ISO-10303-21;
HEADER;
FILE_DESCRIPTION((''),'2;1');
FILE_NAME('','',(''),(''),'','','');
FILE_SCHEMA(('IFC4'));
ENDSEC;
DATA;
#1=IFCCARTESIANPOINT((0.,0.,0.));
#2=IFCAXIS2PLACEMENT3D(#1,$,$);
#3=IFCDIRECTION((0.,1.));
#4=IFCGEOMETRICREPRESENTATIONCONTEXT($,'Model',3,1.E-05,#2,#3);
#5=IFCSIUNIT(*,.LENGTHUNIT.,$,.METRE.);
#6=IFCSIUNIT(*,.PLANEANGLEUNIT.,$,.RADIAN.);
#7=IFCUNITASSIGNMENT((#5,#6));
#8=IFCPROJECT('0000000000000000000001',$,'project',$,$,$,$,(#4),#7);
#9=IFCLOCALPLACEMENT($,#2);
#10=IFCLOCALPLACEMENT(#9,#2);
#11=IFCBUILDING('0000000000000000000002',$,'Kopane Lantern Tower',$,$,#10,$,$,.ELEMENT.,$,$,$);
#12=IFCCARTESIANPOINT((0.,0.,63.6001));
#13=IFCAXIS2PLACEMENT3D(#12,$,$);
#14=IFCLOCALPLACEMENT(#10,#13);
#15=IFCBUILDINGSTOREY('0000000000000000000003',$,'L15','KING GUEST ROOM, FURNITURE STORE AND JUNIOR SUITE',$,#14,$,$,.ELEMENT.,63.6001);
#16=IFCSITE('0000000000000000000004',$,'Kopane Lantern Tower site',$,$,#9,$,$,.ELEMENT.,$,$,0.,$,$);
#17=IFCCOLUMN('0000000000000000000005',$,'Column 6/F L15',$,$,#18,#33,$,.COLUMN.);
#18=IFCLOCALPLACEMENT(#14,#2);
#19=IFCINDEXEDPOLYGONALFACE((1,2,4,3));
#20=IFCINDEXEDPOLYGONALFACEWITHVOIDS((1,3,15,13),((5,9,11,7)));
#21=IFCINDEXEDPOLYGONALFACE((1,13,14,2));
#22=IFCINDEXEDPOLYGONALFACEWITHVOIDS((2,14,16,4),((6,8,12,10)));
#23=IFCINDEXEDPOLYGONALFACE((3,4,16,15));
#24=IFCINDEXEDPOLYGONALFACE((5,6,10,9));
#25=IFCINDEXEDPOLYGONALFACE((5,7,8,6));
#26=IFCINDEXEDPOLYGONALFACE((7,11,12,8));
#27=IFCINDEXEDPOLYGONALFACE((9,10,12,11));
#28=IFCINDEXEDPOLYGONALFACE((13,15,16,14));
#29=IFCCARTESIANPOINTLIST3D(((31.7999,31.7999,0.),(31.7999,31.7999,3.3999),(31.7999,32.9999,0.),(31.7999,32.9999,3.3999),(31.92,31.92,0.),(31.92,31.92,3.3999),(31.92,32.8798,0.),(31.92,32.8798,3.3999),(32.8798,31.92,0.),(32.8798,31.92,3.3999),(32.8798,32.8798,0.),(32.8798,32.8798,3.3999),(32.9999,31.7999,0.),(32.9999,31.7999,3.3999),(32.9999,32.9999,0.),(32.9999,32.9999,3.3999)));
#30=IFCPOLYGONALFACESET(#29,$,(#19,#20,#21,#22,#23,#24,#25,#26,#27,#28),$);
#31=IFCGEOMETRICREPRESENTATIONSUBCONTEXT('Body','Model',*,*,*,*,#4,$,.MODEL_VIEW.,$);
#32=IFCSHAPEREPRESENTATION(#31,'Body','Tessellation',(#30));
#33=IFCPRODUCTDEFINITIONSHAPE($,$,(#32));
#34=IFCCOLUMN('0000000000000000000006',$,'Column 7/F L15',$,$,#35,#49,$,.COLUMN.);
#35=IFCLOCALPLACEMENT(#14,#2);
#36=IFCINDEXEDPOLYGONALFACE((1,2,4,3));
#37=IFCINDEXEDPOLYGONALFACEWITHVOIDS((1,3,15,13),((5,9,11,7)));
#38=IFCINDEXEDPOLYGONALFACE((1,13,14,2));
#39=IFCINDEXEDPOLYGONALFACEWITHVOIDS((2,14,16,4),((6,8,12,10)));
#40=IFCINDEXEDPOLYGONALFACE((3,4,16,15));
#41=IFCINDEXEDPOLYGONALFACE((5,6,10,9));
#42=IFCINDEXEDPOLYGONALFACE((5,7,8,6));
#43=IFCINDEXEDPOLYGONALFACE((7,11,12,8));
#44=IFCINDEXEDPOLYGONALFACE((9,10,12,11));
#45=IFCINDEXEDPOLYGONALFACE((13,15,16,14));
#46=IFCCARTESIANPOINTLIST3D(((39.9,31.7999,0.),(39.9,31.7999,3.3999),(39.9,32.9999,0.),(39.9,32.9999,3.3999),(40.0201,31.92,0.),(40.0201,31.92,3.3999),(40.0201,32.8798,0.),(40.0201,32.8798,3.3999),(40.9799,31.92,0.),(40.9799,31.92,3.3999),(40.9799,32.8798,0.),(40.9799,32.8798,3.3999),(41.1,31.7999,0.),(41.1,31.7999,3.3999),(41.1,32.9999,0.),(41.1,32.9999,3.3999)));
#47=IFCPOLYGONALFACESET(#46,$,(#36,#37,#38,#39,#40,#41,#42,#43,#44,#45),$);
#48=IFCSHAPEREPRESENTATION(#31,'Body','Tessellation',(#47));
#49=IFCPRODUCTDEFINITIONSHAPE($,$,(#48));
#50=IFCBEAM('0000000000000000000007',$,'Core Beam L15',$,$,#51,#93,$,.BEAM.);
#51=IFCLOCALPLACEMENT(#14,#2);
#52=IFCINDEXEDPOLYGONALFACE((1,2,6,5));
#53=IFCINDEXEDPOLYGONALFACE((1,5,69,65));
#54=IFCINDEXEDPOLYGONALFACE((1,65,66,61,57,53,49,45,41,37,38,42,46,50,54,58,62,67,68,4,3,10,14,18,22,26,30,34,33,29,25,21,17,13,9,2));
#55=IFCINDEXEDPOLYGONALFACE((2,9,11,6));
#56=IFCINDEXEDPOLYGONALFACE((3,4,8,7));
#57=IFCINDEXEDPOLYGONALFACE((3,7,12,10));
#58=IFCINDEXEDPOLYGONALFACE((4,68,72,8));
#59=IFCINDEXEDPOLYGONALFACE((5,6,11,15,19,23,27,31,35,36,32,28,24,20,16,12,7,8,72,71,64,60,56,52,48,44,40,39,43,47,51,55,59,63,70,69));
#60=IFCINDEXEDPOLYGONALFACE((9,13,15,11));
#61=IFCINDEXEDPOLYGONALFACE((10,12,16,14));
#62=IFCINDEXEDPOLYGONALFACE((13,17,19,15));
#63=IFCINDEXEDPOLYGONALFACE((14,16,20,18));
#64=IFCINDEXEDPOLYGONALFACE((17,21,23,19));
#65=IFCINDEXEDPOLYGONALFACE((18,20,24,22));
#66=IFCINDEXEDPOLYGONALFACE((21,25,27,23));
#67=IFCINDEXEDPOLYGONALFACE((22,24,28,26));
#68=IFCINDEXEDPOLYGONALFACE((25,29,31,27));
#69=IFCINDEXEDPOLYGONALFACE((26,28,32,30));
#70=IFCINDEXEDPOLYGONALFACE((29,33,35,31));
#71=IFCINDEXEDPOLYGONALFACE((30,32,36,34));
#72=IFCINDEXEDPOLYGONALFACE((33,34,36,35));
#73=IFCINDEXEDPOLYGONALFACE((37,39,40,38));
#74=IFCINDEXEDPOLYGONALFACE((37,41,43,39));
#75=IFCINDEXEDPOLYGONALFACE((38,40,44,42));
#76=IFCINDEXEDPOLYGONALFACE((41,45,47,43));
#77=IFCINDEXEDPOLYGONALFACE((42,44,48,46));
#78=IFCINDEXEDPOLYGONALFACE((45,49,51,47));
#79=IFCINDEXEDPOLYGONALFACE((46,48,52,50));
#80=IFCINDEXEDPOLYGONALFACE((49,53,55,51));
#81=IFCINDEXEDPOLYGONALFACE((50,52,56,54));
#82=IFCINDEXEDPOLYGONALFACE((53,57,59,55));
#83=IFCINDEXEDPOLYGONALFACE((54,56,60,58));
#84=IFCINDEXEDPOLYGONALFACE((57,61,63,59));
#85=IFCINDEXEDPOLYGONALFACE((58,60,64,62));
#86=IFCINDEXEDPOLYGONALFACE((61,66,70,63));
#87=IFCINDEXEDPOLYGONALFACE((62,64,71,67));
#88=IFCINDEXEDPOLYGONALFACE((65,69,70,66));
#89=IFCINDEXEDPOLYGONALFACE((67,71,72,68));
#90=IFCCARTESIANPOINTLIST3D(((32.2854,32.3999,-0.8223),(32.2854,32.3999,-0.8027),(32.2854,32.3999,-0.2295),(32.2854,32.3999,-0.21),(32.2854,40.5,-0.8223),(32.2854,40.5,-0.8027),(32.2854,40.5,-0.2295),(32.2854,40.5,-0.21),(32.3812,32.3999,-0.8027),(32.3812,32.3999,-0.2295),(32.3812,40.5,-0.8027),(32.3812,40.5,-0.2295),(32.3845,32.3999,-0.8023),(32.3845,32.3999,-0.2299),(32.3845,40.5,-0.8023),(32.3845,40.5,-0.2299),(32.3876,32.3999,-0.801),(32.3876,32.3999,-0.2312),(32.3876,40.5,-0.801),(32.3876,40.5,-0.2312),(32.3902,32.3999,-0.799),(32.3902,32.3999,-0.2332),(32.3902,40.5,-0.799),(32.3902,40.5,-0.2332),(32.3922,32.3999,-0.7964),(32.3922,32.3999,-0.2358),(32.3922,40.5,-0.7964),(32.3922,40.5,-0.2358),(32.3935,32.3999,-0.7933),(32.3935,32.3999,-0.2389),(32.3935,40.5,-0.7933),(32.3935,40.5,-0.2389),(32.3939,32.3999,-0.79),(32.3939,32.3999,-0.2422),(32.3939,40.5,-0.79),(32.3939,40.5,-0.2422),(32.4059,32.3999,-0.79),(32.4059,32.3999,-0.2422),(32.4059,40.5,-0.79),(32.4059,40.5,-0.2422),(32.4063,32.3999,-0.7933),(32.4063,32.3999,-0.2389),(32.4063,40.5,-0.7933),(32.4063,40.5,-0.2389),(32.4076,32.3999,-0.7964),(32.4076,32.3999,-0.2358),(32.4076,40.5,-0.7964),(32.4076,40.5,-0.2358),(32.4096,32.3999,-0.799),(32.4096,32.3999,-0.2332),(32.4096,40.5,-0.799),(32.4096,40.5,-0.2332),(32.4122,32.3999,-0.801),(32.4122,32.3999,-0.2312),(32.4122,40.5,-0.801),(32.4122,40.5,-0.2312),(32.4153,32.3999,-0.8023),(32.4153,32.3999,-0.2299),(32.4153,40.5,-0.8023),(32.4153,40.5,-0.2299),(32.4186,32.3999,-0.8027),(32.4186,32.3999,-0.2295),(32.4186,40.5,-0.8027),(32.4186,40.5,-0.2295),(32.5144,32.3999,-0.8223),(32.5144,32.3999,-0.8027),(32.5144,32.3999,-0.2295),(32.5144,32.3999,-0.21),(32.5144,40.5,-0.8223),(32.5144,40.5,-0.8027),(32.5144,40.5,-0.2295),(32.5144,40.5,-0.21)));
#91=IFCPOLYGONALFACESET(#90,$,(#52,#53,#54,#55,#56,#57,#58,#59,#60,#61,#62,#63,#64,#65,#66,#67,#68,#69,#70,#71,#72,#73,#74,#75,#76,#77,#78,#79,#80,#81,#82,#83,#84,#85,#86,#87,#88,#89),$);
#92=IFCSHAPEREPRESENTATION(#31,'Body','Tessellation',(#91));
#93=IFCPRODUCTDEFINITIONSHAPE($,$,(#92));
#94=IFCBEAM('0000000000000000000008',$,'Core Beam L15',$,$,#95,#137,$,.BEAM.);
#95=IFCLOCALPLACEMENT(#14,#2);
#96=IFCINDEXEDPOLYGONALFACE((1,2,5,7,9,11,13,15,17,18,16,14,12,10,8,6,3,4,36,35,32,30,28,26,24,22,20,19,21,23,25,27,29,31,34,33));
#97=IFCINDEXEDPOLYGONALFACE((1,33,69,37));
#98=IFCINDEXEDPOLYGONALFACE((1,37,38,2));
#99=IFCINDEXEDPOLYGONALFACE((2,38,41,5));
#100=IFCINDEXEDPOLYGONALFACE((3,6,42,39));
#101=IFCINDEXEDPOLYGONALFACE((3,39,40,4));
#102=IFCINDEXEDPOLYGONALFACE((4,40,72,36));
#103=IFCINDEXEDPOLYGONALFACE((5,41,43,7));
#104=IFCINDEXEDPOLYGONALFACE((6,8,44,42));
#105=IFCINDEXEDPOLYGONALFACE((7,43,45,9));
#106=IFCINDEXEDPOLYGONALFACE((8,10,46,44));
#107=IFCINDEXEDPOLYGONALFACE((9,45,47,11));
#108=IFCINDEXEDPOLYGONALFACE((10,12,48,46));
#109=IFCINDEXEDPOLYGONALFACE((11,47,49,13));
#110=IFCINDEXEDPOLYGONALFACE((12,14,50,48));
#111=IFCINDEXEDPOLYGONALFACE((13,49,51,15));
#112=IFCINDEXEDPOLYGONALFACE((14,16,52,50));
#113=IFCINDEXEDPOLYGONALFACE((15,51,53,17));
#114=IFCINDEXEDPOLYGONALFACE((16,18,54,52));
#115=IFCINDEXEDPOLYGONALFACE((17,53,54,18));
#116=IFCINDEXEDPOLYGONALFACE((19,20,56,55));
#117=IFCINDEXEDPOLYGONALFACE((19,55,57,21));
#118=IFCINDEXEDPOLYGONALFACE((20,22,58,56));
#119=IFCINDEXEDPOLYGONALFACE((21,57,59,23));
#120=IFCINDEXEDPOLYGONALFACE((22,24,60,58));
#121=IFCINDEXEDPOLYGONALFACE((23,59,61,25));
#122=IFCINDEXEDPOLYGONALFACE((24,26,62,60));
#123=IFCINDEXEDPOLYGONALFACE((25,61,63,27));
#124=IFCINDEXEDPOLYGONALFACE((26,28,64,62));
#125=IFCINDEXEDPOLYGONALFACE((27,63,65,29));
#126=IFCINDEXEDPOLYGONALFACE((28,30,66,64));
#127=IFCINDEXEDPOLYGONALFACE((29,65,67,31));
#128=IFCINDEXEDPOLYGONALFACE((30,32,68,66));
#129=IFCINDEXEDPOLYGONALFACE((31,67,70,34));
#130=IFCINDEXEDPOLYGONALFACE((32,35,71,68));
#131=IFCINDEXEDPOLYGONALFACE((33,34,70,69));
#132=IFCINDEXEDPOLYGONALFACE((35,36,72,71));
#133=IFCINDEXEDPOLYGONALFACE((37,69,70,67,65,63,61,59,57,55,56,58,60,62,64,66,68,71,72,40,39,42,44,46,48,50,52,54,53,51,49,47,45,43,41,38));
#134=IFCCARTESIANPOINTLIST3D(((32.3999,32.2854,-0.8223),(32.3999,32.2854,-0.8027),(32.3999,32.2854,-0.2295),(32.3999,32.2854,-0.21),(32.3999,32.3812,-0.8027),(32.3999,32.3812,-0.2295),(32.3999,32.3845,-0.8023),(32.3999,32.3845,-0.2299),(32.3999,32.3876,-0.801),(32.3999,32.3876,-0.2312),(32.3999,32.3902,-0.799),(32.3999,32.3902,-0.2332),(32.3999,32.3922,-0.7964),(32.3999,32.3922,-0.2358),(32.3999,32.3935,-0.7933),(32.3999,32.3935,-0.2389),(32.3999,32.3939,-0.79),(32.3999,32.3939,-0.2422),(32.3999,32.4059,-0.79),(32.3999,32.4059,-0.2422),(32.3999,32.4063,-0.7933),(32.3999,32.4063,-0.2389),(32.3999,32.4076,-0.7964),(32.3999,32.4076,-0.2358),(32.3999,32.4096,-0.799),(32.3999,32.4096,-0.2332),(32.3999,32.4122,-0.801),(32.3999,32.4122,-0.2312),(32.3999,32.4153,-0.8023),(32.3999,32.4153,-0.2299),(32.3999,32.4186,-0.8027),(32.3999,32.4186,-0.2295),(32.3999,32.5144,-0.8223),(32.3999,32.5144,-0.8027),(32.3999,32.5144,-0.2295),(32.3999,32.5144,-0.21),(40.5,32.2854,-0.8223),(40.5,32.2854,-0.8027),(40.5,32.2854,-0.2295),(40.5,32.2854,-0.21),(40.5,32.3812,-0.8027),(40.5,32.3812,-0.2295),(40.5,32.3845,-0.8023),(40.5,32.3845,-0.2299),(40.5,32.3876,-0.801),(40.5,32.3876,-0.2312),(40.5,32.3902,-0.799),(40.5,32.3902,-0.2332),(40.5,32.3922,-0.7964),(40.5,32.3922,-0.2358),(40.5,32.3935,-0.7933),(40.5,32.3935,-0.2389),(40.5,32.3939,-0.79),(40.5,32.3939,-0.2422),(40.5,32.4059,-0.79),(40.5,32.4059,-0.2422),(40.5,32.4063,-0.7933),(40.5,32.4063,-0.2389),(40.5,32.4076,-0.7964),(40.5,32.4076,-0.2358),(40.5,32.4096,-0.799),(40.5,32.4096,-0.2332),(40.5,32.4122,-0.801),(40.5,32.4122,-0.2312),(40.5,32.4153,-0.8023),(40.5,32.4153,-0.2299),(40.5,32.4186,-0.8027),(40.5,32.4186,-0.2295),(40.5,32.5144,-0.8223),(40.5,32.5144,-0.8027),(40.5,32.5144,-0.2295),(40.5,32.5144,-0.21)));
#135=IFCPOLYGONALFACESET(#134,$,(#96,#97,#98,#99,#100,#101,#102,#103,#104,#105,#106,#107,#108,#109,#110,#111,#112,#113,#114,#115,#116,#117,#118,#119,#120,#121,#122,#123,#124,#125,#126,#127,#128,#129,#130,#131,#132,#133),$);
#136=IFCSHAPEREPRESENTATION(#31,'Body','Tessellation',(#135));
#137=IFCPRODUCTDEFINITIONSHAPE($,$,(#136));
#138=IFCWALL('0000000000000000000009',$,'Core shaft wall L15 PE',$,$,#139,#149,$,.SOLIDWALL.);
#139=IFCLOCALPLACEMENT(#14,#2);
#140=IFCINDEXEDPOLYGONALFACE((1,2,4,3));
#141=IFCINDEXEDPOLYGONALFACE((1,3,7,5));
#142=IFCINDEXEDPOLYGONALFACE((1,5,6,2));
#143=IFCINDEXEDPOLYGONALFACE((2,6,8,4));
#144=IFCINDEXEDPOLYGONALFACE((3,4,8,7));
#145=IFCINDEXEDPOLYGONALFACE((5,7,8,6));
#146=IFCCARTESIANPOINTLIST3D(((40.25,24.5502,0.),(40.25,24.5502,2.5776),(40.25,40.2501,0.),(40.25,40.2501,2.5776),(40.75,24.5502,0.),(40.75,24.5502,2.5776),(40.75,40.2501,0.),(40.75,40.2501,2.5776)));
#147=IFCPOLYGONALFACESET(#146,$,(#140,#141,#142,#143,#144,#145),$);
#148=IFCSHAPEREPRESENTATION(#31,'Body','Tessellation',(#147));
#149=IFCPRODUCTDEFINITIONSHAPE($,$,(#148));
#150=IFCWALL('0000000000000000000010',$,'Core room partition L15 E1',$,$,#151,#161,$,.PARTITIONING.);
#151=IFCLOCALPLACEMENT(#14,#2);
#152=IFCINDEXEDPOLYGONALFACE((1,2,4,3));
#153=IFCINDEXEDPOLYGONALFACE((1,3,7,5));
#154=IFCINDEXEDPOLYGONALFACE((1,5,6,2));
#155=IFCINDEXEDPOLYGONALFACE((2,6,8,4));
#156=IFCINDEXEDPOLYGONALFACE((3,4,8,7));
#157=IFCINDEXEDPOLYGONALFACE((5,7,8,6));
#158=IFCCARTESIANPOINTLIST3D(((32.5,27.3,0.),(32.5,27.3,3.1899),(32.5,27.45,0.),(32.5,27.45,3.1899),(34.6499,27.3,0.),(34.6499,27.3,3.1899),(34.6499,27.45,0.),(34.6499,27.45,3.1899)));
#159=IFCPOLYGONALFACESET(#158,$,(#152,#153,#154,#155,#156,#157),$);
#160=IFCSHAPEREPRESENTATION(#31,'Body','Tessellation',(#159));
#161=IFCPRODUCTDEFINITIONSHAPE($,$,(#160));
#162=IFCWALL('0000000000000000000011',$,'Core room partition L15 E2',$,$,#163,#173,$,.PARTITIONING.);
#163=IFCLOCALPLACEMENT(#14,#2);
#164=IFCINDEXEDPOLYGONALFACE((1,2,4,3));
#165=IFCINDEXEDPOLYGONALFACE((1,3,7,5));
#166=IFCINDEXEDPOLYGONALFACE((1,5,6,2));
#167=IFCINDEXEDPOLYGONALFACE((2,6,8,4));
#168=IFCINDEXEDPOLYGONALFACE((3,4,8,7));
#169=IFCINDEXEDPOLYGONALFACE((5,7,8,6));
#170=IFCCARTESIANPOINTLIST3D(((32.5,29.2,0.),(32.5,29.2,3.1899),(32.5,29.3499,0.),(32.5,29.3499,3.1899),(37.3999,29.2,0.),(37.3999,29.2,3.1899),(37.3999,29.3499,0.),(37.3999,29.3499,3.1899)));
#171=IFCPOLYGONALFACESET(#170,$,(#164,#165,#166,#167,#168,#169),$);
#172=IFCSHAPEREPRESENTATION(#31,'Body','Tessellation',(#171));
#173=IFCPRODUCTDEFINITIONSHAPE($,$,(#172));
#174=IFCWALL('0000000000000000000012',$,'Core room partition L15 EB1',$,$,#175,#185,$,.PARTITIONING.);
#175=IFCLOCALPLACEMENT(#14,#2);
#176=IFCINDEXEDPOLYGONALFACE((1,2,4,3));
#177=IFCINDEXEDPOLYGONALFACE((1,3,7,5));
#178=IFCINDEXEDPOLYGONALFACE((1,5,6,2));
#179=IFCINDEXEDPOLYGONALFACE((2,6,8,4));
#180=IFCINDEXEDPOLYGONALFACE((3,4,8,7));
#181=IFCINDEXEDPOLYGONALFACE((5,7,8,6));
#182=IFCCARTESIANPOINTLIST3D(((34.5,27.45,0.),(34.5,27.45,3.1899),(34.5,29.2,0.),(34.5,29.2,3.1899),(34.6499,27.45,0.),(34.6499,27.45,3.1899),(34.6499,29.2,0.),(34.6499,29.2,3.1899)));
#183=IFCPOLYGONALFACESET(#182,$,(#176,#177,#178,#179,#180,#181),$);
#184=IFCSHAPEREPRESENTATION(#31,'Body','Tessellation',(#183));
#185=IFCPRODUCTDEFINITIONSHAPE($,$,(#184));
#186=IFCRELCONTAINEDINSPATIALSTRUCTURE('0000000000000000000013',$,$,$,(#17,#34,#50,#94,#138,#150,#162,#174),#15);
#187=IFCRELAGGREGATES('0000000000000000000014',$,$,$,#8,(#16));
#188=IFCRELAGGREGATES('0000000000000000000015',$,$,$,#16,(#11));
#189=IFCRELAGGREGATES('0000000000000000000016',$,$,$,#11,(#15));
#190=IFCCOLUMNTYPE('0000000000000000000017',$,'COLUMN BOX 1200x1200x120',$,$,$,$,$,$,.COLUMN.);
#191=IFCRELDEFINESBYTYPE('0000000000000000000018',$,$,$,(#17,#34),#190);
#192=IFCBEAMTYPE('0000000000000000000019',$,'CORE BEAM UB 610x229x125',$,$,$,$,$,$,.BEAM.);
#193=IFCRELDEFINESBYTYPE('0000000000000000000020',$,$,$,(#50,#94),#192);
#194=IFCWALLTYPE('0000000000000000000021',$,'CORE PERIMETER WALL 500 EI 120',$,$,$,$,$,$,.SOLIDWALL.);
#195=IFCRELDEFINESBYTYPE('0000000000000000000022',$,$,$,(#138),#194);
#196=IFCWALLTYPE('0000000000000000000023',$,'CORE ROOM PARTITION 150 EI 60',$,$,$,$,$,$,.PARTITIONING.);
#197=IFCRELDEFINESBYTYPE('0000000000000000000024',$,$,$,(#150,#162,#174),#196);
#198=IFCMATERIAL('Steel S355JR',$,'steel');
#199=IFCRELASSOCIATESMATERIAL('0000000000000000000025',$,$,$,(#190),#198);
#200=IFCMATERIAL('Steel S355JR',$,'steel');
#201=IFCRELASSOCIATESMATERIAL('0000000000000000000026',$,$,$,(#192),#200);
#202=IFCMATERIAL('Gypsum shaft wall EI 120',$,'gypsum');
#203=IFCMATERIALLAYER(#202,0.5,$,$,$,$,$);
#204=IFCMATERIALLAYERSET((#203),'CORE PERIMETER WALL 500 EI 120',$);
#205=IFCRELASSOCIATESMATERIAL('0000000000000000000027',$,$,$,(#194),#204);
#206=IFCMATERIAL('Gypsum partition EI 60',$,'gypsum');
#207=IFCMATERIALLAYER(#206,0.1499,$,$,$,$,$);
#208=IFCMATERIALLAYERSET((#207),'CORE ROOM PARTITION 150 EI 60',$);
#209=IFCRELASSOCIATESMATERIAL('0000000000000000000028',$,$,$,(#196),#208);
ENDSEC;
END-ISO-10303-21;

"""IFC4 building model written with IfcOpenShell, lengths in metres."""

from ifc_helpers import new_model, si_unit, direction, frame, frame_2d, origin, origin_2d, place, context, subcontext, project, spatial, rectangle, hollow_rectangle, i_section, extrude, material, layer, layer_set, material_profile, profile_set, type_object, element, save


model = new_model("IFC4")

# Units and contexts
model_context = context("Model", 3, precision=1e-05, world=origin(), true_north=direction((0.0, 1.0)))
body_context = subcontext(model_context, "Body", "Model", "MODEL_VIEW")
ifc_project = project(units=[si_unit("LENGTHUNIT", "METRE"), si_unit("PLANEANGLEUNIT", "RADIAN")], contexts=[model_context])

# Site, building, storey
site_placement = place(None, origin())
site = spatial("IfcSite", under=ifc_project, at=site_placement, Name="Kopane Lantern Tower site", CompositionType="ELEMENT", RefElevation=0.0)
building_placement = place(site_placement, origin())
building = spatial("IfcBuilding", under=site, at=building_placement, Name="Kopane Lantern Tower", CompositionType="ELEMENT")
storey_placement = place(building_placement, frame((0.0, 0.0, 63.6001)))
storey = spatial("IfcBuildingStorey", under=building, at=storey_placement, Name="L15", Description="KING GUEST ROOM, FURNITURE STORE AND JUNIOR SUITE", CompositionType="ELEMENT", Elevation=63.6001)

# Columns
ifc_material_1 = material(Name="Steel S355JR", Category="steel")
ifc_material_profile_1 = material_profile(ifc_material_1, hollow_rectangle(XDim=1.2, YDim=1.2, WallThickness=0.1201, at=origin_2d()), Name="BOX 1200x1200x120")
ifc_profile_set_1 = profile_set([ifc_material_profile_1], Name="Steel S355JR")
column_type = type_object("IfcColumnType", Name="COLUMN BOX 1200x1200x120", PredefinedType="COLUMN", material=ifc_profile_set_1)
for number, where, z_axis, x_axis, name in (
    (1, (32.3999, 32.3999, 0.0), (0.0, 0.0, 1.0), (1.0, 0.0, 0.0), "Column 6/F L15"),
    (2, (40.5, 32.3999, 0.0), (0.0, 0.0, 1.0), (1.0, 0.0, 0.0), "Column 7/F L15"),
):
    element("IfcColumn", number, at=place(storey_placement, frame(where, z_axis=z_axis, x_axis=x_axis)), inside=storey, type_object=column_type, Name=name, PredefinedType="COLUMN", context=body_context, shape_type="SweptSolid", body=[
        extrude(hollow_rectangle(XDim=1.2, YDim=1.2, WallThickness=0.1201, at=origin_2d()), origin(), (0.0, 0.0, 1.0), 3.3999),
    ])

# Beams
ifc_material_2 = material(Name="Steel S355JR", Category="steel")
ifc_material_profile_2 = material_profile(ifc_material_2, i_section(OverallWidth=0.229, OverallDepth=0.6123, WebThickness=0.012, FlangeThickness=0.0195, FilletRadius=0.0127, at=origin_2d()), Name="UB 610x229x125")
ifc_profile_set_2 = profile_set([ifc_material_profile_2], Name="Steel S355JR")
beam_type = type_object("IfcBeamType", Name="CORE BEAM UB 610x229x125", PredefinedType="BEAM", material=ifc_profile_set_2)
for number, where, z_axis, x_axis, name in (
    (3, (32.3999, 32.3999, -0.5161), (0.0, 1.0, 0.0), (-1.0, 0.0, 0.0), "Core Beam L15"),
    (4, (32.3999, 32.3999, -0.5161), (1.0, 0.0, 0.0), (0.0, 1.0, 0.0), "Core Beam L15"),
):
    element("IfcBeam", number, at=place(storey_placement, frame(where, z_axis=z_axis, x_axis=x_axis)), inside=storey, type_object=beam_type, Name=name, PredefinedType="BEAM", context=body_context, shape_type="SweptSolid", body=[
        extrude(i_section(OverallWidth=0.229, OverallDepth=0.6123, WebThickness=0.012, FlangeThickness=0.0195, FilletRadius=0.0127, at=origin_2d()), origin(), (0.0, 0.0, 1.0), 8.1001),
    ])

# Walls
ifc_material_3 = material(Name="Gypsum shaft wall EI 120", Category="gypsum")
ifc_layer_1 = layer(ifc_material_3, 0.5)
ifc_layer_set_1 = layer_set([ifc_layer_1], Name="CORE PERIMETER WALL 500 EI 120")
wall_type_1 = type_object("IfcWallType", Name="CORE PERIMETER WALL 500 EI 120", PredefinedType="SOLIDWALL", material=ifc_layer_set_1)
wall_1_placement = place(storey_placement, frame((40.5, 24.55, 0.0), z_axis=(0.0, 0.0, 1.0), x_axis=(0.0, 1.0, 0.0)))
element("IfcWall", 5, at=wall_1_placement, inside=storey, type_object=wall_type_1, Name="Core shaft wall L15 PE", PredefinedType="SOLIDWALL", context=body_context, shape_type="SweptSolid", body=[
    extrude(rectangle(XDim=15.7, YDim=0.5, at=frame_2d((7.8501, 0.0))), origin(), (0.0, 0.0, 1.0), 2.5776),
])
ifc_material_4 = material(Name="Gypsum partition EI 60", Category="gypsum")
ifc_layer_2 = layer(ifc_material_4, 0.1499)
ifc_layer_set_2 = layer_set([ifc_layer_2], Name="CORE ROOM PARTITION 150 EI 60")
wall_type_2 = type_object("IfcWallType", Name="CORE ROOM PARTITION 150 EI 60", PredefinedType="PARTITIONING", material=ifc_layer_set_2)
wall_2_placement = place(storey_placement, frame((32.5, 27.375, 0.0), z_axis=(0.0, 0.0, 1.0), x_axis=(1.0, 0.0, 0.0)))
element("IfcWall", 6, at=wall_2_placement, inside=storey, type_object=wall_type_2, Name="Core room partition L15 E1", PredefinedType="PARTITIONING", context=body_context, shape_type="SweptSolid", body=[
    extrude(rectangle(XDim=2.1499, YDim=0.1499, at=frame_2d((1.075, 0.0))), origin(), (0.0, 0.0, 1.0), 3.1899),
])
wall_3_placement = place(storey_placement, frame((32.5, 29.2749, 0.0), z_axis=(0.0, 0.0, 1.0), x_axis=(1.0, 0.0, 0.0)))
element("IfcWall", 7, at=wall_3_placement, inside=storey, type_object=wall_type_2, Name="Core room partition L15 E2", PredefinedType="PARTITIONING", context=body_context, shape_type="SweptSolid", body=[
    extrude(rectangle(XDim=4.8999, YDim=0.1499, at=frame_2d((2.45, 0.0))), origin(), (0.0, 0.0, 1.0), 3.1899),
])
wall_4_placement = place(storey_placement, frame((34.575, 27.45, 0.0), z_axis=(0.0, 0.0, 1.0), x_axis=(0.0, 1.0, 0.0)))
element("IfcWall", 8, at=wall_4_placement, inside=storey, type_object=wall_type_2, Name="Core room partition L15 EB1", PredefinedType="PARTITIONING", context=body_context, shape_type="SweptSolid", body=[
    extrude(rectangle(XDim=1.75, YDim=0.1499, at=frame_2d((0.875, 0.0))), origin(), (0.0, 0.0, 1.0), 3.1899),
])

save(model, "model.ifc")
